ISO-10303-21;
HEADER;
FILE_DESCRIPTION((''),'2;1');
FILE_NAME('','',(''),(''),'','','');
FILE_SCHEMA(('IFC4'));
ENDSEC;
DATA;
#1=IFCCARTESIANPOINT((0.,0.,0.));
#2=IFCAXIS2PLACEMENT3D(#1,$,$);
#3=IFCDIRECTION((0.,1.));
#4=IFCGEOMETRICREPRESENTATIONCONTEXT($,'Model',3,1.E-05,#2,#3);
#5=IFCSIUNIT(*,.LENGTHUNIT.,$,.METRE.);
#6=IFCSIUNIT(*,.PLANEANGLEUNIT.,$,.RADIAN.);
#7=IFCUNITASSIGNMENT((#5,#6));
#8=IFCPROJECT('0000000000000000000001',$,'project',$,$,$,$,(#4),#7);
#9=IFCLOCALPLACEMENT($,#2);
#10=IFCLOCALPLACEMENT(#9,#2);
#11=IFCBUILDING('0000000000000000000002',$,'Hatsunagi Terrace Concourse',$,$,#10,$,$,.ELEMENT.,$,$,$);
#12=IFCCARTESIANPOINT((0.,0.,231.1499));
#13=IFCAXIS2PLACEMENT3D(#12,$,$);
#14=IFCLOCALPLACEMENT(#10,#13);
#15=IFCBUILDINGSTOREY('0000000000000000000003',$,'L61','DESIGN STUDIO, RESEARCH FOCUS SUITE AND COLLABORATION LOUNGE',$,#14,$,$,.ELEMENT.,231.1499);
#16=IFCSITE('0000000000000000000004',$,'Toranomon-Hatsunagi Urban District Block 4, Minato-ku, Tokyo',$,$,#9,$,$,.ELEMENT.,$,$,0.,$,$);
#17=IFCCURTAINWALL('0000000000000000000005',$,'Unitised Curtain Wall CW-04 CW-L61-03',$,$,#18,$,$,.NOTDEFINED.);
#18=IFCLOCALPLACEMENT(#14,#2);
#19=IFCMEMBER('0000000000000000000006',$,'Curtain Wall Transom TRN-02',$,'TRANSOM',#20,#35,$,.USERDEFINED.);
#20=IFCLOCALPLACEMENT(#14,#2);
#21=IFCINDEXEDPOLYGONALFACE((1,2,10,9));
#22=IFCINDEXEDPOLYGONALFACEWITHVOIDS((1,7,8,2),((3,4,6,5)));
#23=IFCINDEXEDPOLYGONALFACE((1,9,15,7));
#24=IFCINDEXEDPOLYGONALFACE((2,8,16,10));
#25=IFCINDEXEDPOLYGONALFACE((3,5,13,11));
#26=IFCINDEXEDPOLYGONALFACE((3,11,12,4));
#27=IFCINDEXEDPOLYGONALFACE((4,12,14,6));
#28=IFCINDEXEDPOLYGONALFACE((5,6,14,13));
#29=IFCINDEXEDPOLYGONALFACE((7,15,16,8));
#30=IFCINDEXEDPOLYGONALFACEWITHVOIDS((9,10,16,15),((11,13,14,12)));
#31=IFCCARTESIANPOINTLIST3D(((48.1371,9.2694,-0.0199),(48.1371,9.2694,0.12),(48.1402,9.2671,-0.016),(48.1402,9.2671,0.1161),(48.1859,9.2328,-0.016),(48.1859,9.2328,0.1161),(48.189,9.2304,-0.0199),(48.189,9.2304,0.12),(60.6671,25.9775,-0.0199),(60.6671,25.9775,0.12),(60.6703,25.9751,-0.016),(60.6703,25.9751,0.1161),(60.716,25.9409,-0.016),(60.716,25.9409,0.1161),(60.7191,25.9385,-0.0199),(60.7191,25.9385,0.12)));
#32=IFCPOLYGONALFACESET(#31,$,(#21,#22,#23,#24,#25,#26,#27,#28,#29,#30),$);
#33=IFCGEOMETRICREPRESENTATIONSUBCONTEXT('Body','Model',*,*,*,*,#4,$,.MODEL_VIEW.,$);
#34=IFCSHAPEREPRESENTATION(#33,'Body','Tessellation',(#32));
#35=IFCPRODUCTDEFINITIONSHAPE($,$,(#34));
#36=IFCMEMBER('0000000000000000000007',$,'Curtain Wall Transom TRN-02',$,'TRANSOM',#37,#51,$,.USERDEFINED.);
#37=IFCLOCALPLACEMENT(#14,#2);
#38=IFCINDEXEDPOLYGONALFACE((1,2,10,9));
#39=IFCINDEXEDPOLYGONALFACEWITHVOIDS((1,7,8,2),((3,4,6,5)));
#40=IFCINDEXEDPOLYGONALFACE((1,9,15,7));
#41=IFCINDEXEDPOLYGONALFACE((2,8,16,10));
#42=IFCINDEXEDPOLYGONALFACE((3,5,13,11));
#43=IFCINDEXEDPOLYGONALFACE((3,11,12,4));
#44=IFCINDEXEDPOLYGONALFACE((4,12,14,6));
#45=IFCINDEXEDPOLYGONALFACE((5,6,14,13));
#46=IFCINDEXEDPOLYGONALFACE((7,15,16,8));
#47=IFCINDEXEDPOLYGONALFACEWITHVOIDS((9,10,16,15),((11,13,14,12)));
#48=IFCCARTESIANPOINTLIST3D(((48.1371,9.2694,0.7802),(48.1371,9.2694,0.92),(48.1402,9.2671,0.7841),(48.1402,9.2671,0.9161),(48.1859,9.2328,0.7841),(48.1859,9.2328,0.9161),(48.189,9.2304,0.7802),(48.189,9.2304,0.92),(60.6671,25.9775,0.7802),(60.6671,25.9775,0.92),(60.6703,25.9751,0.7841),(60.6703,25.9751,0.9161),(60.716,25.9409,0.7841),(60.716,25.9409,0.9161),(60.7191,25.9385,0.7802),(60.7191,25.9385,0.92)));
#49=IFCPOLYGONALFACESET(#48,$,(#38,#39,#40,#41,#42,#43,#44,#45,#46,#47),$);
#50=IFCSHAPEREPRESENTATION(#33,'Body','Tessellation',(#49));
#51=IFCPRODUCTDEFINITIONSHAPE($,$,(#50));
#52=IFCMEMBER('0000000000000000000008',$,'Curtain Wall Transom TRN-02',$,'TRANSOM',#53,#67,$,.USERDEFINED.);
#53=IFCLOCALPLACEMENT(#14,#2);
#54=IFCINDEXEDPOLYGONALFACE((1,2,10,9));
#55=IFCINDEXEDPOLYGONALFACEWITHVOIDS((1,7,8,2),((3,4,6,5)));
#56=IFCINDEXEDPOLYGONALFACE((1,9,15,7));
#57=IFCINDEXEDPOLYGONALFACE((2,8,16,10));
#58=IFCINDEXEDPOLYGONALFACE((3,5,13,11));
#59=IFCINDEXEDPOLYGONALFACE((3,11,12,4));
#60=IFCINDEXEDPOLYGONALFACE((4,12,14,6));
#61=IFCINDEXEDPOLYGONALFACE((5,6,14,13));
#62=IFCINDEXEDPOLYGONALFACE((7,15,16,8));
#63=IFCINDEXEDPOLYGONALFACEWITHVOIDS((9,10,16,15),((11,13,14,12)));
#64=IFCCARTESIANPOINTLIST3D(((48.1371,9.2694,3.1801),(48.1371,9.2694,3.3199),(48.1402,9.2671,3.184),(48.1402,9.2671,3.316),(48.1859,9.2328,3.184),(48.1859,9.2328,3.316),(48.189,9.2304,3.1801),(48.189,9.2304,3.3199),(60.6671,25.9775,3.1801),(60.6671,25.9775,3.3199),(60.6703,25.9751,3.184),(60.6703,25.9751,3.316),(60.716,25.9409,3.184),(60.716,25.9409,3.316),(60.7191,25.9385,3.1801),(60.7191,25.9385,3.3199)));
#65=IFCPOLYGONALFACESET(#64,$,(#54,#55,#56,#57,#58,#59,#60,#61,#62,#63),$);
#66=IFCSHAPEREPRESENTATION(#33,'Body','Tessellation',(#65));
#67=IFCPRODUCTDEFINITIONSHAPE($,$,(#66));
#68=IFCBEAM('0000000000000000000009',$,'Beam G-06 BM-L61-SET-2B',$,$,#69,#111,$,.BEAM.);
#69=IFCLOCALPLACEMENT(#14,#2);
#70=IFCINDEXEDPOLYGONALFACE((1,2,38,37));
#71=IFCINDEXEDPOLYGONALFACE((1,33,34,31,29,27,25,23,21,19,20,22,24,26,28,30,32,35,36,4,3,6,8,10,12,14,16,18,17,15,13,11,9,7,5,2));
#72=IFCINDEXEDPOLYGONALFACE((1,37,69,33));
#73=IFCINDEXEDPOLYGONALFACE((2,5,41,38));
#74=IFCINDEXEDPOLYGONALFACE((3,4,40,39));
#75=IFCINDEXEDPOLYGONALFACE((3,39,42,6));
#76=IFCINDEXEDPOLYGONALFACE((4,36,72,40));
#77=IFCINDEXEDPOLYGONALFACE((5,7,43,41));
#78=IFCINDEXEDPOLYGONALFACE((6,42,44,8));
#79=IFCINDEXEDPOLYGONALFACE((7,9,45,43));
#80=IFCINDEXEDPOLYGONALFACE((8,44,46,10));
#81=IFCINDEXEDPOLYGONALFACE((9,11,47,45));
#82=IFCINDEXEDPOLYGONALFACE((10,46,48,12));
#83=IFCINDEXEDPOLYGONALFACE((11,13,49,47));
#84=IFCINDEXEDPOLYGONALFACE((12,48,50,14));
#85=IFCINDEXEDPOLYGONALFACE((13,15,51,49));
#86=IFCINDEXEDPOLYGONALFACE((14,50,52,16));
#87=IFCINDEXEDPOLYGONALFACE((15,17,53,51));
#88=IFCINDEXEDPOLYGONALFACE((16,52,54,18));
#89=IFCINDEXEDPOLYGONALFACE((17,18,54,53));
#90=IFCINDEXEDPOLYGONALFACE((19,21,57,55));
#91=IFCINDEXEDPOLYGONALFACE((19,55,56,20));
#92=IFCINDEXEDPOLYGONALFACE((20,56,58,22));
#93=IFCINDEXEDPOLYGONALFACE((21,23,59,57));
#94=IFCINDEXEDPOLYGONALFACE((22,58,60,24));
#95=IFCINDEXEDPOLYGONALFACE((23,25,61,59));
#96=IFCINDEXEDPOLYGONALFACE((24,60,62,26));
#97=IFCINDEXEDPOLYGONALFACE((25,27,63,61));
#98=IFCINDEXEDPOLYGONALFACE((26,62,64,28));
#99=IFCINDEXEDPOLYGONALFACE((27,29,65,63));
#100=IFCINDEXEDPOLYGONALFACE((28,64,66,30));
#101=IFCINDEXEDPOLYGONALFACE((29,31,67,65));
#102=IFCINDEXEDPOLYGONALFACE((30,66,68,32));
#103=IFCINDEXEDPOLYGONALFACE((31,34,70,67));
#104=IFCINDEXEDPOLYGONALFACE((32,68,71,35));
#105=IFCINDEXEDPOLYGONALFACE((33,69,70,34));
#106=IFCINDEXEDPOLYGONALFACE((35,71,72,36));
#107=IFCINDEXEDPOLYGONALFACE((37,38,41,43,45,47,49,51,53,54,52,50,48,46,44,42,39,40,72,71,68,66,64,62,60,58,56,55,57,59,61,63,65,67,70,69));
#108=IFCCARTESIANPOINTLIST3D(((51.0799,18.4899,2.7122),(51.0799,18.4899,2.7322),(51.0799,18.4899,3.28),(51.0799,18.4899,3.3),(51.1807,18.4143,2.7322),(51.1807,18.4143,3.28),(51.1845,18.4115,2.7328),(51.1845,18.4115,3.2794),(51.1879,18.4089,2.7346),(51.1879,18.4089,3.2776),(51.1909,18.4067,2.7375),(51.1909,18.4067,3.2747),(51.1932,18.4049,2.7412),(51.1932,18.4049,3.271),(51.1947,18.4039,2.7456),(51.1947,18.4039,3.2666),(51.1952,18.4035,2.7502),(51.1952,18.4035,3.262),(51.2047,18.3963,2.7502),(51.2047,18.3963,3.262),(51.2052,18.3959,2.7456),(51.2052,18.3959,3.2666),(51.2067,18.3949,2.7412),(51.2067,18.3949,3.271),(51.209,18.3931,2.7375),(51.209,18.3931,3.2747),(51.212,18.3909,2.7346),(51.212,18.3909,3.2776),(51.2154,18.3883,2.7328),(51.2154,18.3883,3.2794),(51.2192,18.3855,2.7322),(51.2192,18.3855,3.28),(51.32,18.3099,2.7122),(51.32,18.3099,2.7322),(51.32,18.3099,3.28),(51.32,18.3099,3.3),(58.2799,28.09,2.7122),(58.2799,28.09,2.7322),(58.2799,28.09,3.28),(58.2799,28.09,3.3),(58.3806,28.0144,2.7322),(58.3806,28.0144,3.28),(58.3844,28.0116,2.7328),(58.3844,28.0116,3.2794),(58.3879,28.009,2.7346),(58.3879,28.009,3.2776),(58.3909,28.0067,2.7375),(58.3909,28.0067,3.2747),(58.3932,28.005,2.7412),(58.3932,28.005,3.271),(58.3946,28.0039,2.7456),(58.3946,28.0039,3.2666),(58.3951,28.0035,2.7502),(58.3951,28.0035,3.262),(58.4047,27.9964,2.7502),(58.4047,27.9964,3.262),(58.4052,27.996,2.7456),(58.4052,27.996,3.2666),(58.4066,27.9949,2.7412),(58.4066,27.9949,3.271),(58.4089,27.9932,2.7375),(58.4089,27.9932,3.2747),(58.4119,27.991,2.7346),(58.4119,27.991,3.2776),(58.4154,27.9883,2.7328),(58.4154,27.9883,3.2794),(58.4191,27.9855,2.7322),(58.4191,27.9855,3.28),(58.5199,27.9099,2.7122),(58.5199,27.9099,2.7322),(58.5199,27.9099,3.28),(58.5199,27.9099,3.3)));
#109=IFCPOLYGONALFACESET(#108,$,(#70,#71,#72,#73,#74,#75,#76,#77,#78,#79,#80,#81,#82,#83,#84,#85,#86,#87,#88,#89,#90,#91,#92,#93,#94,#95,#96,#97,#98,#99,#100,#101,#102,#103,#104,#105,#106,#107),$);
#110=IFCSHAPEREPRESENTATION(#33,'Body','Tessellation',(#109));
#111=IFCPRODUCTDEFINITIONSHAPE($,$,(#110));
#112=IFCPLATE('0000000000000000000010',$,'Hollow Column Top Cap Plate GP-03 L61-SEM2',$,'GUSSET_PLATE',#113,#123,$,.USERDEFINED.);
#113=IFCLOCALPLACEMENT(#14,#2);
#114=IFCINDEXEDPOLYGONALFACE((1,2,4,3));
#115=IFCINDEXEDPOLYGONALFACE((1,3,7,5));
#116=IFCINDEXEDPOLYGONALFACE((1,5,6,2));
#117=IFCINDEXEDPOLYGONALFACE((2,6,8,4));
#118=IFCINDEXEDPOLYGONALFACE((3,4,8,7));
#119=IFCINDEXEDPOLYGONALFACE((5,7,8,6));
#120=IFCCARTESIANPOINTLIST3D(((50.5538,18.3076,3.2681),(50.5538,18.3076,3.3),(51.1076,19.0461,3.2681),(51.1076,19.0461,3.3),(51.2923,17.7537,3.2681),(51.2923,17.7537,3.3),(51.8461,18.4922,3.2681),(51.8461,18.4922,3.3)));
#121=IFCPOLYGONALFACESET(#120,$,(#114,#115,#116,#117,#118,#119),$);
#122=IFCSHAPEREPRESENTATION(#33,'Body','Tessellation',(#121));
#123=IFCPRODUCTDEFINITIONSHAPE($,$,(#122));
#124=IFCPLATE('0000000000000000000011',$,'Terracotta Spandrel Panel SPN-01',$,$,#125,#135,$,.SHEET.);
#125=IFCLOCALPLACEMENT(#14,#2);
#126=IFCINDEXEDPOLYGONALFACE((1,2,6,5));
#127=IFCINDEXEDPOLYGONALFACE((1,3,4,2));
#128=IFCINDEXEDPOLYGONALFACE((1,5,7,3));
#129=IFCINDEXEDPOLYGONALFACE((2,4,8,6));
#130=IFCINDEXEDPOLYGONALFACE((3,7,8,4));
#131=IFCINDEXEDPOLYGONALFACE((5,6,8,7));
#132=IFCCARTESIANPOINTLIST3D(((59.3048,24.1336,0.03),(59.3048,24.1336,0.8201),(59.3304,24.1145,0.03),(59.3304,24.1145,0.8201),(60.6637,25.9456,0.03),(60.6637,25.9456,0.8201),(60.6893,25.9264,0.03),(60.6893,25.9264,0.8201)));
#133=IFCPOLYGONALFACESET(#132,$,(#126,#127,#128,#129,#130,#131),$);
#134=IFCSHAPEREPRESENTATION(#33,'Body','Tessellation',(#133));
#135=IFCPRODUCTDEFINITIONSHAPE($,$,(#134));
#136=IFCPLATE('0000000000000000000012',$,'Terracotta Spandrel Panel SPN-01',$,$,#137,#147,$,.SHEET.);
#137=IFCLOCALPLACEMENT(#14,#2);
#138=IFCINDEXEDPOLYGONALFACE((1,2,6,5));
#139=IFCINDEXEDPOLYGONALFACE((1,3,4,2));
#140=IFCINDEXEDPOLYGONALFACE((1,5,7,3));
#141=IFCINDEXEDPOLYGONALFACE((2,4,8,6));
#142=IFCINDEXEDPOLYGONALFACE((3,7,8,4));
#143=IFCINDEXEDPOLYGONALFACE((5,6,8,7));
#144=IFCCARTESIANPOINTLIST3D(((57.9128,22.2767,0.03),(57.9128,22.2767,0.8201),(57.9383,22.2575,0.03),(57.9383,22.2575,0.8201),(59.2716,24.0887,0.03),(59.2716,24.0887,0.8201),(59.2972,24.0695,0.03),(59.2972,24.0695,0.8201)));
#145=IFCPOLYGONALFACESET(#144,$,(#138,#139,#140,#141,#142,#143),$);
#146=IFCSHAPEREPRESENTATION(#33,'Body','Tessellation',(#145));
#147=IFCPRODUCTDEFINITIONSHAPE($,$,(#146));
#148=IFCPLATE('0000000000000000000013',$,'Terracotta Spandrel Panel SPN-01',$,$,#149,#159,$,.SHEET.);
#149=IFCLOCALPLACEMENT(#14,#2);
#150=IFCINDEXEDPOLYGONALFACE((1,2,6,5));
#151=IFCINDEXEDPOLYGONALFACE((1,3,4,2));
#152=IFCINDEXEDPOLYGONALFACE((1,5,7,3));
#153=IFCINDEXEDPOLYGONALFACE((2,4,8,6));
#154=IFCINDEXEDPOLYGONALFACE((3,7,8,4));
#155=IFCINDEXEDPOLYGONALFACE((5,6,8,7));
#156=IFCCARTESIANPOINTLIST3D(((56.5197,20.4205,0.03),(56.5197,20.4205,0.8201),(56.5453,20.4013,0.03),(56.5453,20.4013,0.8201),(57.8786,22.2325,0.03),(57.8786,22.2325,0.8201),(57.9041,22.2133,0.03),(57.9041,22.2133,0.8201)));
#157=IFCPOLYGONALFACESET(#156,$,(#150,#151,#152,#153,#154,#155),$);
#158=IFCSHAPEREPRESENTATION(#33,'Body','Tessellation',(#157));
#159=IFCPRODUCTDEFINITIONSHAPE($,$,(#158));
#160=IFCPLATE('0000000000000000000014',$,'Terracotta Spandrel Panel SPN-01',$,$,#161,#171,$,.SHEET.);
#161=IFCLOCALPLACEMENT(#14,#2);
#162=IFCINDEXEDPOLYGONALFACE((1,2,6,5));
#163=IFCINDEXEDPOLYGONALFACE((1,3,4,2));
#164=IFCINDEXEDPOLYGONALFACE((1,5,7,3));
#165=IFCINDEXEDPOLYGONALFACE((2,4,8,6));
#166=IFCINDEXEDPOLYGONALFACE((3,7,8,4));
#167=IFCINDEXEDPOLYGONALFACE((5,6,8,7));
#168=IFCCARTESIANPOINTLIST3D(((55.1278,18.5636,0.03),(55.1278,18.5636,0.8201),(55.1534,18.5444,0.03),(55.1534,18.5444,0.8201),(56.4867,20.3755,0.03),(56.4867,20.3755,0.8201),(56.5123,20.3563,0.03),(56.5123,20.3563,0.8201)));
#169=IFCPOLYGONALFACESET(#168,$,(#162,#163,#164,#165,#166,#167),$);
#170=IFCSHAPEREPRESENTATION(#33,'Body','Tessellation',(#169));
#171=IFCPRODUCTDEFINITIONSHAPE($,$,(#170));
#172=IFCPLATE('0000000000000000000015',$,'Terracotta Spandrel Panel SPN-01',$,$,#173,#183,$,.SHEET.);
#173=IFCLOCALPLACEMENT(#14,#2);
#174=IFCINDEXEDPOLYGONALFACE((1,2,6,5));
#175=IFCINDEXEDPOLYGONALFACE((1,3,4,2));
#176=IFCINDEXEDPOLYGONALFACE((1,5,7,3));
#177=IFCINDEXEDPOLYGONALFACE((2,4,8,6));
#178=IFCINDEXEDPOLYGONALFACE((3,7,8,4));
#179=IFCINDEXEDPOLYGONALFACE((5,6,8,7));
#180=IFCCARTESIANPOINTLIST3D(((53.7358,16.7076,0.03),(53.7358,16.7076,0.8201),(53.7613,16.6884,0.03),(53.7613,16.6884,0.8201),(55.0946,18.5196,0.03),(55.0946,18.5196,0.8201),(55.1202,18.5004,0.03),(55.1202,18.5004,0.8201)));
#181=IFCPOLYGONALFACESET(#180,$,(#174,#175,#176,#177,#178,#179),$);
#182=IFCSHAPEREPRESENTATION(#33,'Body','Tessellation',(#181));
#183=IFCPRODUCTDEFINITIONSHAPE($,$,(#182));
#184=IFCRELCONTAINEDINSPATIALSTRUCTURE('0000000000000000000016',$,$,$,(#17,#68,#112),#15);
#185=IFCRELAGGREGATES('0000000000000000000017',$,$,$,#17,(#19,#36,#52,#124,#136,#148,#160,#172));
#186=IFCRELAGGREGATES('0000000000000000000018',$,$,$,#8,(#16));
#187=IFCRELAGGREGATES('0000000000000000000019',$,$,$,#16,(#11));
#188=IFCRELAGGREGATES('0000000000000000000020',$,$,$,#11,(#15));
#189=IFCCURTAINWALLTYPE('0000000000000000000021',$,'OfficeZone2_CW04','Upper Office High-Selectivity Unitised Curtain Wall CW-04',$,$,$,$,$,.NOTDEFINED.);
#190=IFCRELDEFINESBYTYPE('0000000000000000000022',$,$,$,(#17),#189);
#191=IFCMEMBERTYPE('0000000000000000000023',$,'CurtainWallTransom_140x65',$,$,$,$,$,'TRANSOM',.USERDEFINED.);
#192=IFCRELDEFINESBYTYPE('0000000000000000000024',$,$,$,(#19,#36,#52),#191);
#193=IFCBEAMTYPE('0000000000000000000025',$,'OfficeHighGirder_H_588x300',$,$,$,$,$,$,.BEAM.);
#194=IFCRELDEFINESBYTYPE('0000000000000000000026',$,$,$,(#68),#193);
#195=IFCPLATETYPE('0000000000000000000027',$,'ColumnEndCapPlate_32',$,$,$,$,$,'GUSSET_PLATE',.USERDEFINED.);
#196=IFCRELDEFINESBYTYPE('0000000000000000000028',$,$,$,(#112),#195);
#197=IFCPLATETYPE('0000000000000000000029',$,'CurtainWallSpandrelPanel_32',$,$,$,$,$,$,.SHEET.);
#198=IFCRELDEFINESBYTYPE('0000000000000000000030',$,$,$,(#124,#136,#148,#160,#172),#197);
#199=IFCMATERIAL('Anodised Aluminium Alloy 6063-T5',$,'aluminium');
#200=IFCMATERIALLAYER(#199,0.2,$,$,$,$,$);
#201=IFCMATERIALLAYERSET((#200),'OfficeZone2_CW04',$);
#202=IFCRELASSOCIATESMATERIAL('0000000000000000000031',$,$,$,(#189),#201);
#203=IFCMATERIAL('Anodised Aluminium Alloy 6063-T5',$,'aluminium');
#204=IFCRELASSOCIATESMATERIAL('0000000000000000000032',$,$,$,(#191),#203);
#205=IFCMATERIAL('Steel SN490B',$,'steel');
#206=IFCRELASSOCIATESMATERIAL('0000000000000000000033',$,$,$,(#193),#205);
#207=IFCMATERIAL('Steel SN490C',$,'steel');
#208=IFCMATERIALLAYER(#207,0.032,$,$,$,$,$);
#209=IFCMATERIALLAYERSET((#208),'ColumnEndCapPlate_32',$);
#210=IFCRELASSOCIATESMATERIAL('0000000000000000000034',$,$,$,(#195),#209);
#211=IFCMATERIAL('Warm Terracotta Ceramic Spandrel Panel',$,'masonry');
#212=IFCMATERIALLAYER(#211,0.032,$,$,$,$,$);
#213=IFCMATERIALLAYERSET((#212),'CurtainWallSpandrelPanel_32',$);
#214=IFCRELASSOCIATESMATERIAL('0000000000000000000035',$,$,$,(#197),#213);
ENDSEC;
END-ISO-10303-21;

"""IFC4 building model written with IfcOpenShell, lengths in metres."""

from ifc_helpers import new_model, si_unit, direction, frame, origin, origin_2d, place, context, subcontext, project, spatial, rectangle, hollow_rectangle, i_section, extrude, material, layer, layer_set, material_profile, profile_set, type_object, element, aggregate, save


model = new_model("IFC4")

# Units and contexts
model_context = context("Model", 3, precision=1e-05, world=origin(), true_north=direction((0.0, 1.0)))
body_context = subcontext(model_context, "Body", "Model", "MODEL_VIEW")
ifc_project = project(units=[si_unit("LENGTHUNIT", "METRE"), si_unit("PLANEANGLEUNIT", "RADIAN")], contexts=[model_context])

# Site, building, storey
site_placement = place(None, origin())
site = spatial("IfcSite", under=ifc_project, at=site_placement, Name="Toranomon-Hatsunagi Urban District Block 4, Minato-ku, Tokyo", CompositionType="ELEMENT", RefElevation=0.0)
building_placement = place(site_placement, origin())
building = spatial("IfcBuilding", under=site, at=building_placement, Name="Hatsunagi Terrace Concourse", CompositionType="ELEMENT")
storey_placement = place(building_placement, frame((0.0, 0.0, 231.1499)))
storey = spatial("IfcBuildingStorey", under=building, at=storey_placement, Name="L61", Description="DESIGN STUDIO, RESEARCH FOCUS SUITE AND COLLABORATION LOUNGE", CompositionType="ELEMENT", Elevation=231.1499)

# Curtain wall, members
ifc_material_1 = material(Name="Anodised Aluminium Alloy 6063-T5", Category="aluminium")
ifc_layer_1 = layer(ifc_material_1, 0.2)
ifc_layer_set_1 = layer_set([ifc_layer_1], Name="OfficeZone2_CW04")
curtain_wall_type = type_object("IfcCurtainWallType", Name="OfficeZone2_CW04", Description="Upper Office High-Selectivity Unitised Curtain Wall CW-04", PredefinedType="NOTDEFINED", material=ifc_layer_set_1)
curtain_wall_placement = place(storey_placement, origin())
curtain_wall = element("IfcCurtainWall", 1, at=curtain_wall_placement, inside=storey, type_object=curtain_wall_type, Name="Unitised Curtain Wall CW-04 CW-L61-03", PredefinedType="NOTDEFINED")
ifc_material_2 = material(Name="Anodised Aluminium Alloy 6063-T5", Category="aluminium")
ifc_material_profile_1 = material_profile(ifc_material_2, hollow_rectangle(XDim=0.0649, YDim=0.1399, WallThickness=0.0039, at=origin_2d()), Name="ALU-TRN-140x65x4")
ifc_profile_set_1 = profile_set([ifc_material_profile_1], Name="Anodised Aluminium Alloy 6063-T5")
member_type_1 = type_object("IfcMemberType", Name="CurtainWallTransom_140x65", ElementType="TRANSOM", PredefinedType="USERDEFINED", material=ifc_profile_set_1)
member_1_placement = place(storey_placement, frame((60.6931, 25.958, 0.05), z_axis=(-0.59997, -0.800022, 0.0), x_axis=(0.800022, -0.59997, 0.0)))
member_1 = element("IfcMember", 2, at=member_1_placement, type_object=member_type_1, Name="Curtain Wall Transom TRN-02", ObjectType="TRANSOM", PredefinedType="USERDEFINED", context=body_context, shape_type="SweptSolid", body=[
    extrude(hollow_rectangle(XDim=0.0649, YDim=0.1399, WallThickness=0.0039, at=origin_2d()), origin(), (0.0, 0.0, 1.0), 20.8845),
])
member_2_placement = place(storey_placement, frame((60.6931, 25.958, 0.8501), z_axis=(-0.59997, -0.800022, 0.0), x_axis=(0.800022, -0.59997, 0.0)))
member_2 = element("IfcMember", 3, at=member_2_placement, type_object=member_type_1, Name="Curtain Wall Transom TRN-02", ObjectType="TRANSOM", PredefinedType="USERDEFINED", context=body_context, shape_type="SweptSolid", body=[
    extrude(hollow_rectangle(XDim=0.0649, YDim=0.1399, WallThickness=0.0039, at=origin_2d()), origin(), (0.0, 0.0, 1.0), 20.8845),
])
member_3_placement = place(storey_placement, frame((60.6931, 25.958, 3.25), z_axis=(-0.59997, -0.800022, 0.0), x_axis=(0.800022, -0.59997, 0.0)))
member_3 = element("IfcMember", 4, at=member_3_placement, type_object=member_type_1, Name="Curtain Wall Transom TRN-02", ObjectType="TRANSOM", PredefinedType="USERDEFINED", context=body_context, shape_type="SweptSolid", body=[
    extrude(hollow_rectangle(XDim=0.0649, YDim=0.1399, WallThickness=0.0039, at=origin_2d()), origin(), (0.0, 0.0, 1.0), 20.8845),
])

# Beam
ifc_material_3 = material(Name="Steel SN490B", Category="steel")
ifc_material_profile_2 = material_profile(ifc_material_3, i_section(OverallWidth=0.3, OverallDepth=0.5879, WebThickness=0.012, FlangeThickness=0.02, FilletRadius=0.0181, at=origin_2d()), Name="H-588x300x12x20")
ifc_profile_set_2 = profile_set([ifc_material_profile_2], Name="Steel SN490B")
beam_type = type_object("IfcBeamType", Name="OfficeHighGirder_H_588x300", PredefinedType="BEAM", material=ifc_profile_set_2)
beam_placement = place(storey_placement, frame((51.2, 18.3999, 3.0061), z_axis=(0.599993, 0.800005, 0.0), x_axis=(-0.800005, 0.599993, 0.0)))
element("IfcBeam", 5, at=beam_placement, inside=storey, type_object=beam_type, Name="Beam G-06 BM-L61-SET-2B", PredefinedType="BEAM", context=body_context, shape_type="SweptSolid", body=[
    extrude(i_section(OverallWidth=0.3, OverallDepth=0.5879, WebThickness=0.012, FlangeThickness=0.02, FilletRadius=0.0181, at=origin_2d()), origin(), (0.0, 0.0, 1.0), 12.0),
])

# Plates
ifc_material_4 = material(Name="Steel SN490C", Category="steel")
ifc_layer_2 = layer(ifc_material_4, 0.032)
ifc_layer_set_2 = layer_set([ifc_layer_2], Name="ColumnEndCapPlate_32")
plate_type_1 = type_object("IfcPlateType", Name="ColumnEndCapPlate_32", ElementType="GUSSET_PLATE", PredefinedType="USERDEFINED", material=ifc_layer_set_2)
plate_1_placement = place(storey_placement, frame((51.2, 18.3999, 3.2681), z_axis=(0.0, 0.0, 1.0), x_axis=(0.8, -0.6, 0.0)))
element("IfcPlate", 6, at=plate_1_placement, inside=storey, type_object=plate_type_1, Name="Hollow Column Top Cap Plate GP-03 L61-SEM2", ObjectType="GUSSET_PLATE", PredefinedType="USERDEFINED", context=body_context, shape_type="SweptSolid", body=[
    extrude(rectangle(XDim=0.9231, YDim=0.9231, at=origin_2d()), origin(), (0.0, 0.0, 1.0), 0.032),
])
ifc_material_5 = material(Name="Warm Terracotta Ceramic Spandrel Panel", Category="masonry")
ifc_layer_3 = layer(ifc_material_5, 0.032)
ifc_layer_set_3 = layer_set([ifc_layer_3], Name="CurtainWallSpandrelPanel_32")
plate_type_2 = type_object("IfcPlateType", Name="CurtainWallSpandrelPanel_32", PredefinedType="SHEET", material=ifc_layer_set_3)
plate_2_placement = place(storey_placement, frame((59.9971, 25.03, 0.03), z_axis=(0.0, 0.0, 1.0), x_axis=(-0.599969, -0.800023, 0.0)))
plate_2 = element("IfcPlate", 7, at=plate_2_placement, type_object=plate_type_2, Name="Terracotta Spandrel Panel SPN-01", PredefinedType="SHEET", context=body_context, shape_type="SweptSolid", body=[
    extrude(rectangle(XDim=2.2649, YDim=0.032, at=origin_2d()), origin(), (0.0, 0.0, 1.0), 0.79),
])
plate_3_placement = place(storey_placement, frame((58.605, 23.1731, 0.03), z_axis=(0.0, 0.0, 1.0), x_axis=(-0.599969, -0.800023, 0.0)))
plate_3 = element("IfcPlate", 8, at=plate_3_placement, type_object=plate_type_2, Name="Terracotta Spandrel Panel SPN-01", PredefinedType="SHEET", context=body_context, shape_type="SweptSolid", body=[
    extrude(rectangle(XDim=2.2649, YDim=0.032, at=origin_2d()), origin(), (0.0, 0.0, 1.0), 0.79),
])
plate_4_placement = place(storey_placement, frame((57.2119, 21.3169, 0.03), z_axis=(0.0, 0.0, 1.0), x_axis=(-0.599969, -0.800023, 0.0)))
plate_4 = element("IfcPlate", 9, at=plate_4_placement, type_object=plate_type_2, Name="Terracotta Spandrel Panel SPN-01", PredefinedType="SHEET", context=body_context, shape_type="SweptSolid", body=[
    extrude(rectangle(XDim=2.2649, YDim=0.032, at=origin_2d()), origin(), (0.0, 0.0, 1.0), 0.79),
])
plate_5_placement = place(storey_placement, frame((55.8201, 19.46, 0.03), z_axis=(0.0, 0.0, 1.0), x_axis=(-0.599969, -0.800023, 0.0)))
plate_5 = element("IfcPlate", 10, at=plate_5_placement, type_object=plate_type_2, Name="Terracotta Spandrel Panel SPN-01", PredefinedType="SHEET", context=body_context, shape_type="SweptSolid", body=[
    extrude(rectangle(XDim=2.2649, YDim=0.032, at=origin_2d()), origin(), (0.0, 0.0, 1.0), 0.79),
])
plate_6_placement = place(storey_placement, frame((54.428, 17.604, 0.03), z_axis=(0.0, 0.0, 1.0), x_axis=(-0.599969, -0.800023, 0.0)))
plate_6 = element("IfcPlate", 11, at=plate_6_placement, type_object=plate_type_2, Name="Terracotta Spandrel Panel SPN-01", PredefinedType="SHEET", context=body_context, shape_type="SweptSolid", body=[
    extrude(rectangle(XDim=2.2649, YDim=0.032, at=origin_2d()), origin(), (0.0, 0.0, 1.0), 0.79),
])
aggregate(curtain_wall, [member_1, member_2, member_3, plate_2, plate_3, plate_4, plate_5, plate_6])

save(model, "model.ifc")
